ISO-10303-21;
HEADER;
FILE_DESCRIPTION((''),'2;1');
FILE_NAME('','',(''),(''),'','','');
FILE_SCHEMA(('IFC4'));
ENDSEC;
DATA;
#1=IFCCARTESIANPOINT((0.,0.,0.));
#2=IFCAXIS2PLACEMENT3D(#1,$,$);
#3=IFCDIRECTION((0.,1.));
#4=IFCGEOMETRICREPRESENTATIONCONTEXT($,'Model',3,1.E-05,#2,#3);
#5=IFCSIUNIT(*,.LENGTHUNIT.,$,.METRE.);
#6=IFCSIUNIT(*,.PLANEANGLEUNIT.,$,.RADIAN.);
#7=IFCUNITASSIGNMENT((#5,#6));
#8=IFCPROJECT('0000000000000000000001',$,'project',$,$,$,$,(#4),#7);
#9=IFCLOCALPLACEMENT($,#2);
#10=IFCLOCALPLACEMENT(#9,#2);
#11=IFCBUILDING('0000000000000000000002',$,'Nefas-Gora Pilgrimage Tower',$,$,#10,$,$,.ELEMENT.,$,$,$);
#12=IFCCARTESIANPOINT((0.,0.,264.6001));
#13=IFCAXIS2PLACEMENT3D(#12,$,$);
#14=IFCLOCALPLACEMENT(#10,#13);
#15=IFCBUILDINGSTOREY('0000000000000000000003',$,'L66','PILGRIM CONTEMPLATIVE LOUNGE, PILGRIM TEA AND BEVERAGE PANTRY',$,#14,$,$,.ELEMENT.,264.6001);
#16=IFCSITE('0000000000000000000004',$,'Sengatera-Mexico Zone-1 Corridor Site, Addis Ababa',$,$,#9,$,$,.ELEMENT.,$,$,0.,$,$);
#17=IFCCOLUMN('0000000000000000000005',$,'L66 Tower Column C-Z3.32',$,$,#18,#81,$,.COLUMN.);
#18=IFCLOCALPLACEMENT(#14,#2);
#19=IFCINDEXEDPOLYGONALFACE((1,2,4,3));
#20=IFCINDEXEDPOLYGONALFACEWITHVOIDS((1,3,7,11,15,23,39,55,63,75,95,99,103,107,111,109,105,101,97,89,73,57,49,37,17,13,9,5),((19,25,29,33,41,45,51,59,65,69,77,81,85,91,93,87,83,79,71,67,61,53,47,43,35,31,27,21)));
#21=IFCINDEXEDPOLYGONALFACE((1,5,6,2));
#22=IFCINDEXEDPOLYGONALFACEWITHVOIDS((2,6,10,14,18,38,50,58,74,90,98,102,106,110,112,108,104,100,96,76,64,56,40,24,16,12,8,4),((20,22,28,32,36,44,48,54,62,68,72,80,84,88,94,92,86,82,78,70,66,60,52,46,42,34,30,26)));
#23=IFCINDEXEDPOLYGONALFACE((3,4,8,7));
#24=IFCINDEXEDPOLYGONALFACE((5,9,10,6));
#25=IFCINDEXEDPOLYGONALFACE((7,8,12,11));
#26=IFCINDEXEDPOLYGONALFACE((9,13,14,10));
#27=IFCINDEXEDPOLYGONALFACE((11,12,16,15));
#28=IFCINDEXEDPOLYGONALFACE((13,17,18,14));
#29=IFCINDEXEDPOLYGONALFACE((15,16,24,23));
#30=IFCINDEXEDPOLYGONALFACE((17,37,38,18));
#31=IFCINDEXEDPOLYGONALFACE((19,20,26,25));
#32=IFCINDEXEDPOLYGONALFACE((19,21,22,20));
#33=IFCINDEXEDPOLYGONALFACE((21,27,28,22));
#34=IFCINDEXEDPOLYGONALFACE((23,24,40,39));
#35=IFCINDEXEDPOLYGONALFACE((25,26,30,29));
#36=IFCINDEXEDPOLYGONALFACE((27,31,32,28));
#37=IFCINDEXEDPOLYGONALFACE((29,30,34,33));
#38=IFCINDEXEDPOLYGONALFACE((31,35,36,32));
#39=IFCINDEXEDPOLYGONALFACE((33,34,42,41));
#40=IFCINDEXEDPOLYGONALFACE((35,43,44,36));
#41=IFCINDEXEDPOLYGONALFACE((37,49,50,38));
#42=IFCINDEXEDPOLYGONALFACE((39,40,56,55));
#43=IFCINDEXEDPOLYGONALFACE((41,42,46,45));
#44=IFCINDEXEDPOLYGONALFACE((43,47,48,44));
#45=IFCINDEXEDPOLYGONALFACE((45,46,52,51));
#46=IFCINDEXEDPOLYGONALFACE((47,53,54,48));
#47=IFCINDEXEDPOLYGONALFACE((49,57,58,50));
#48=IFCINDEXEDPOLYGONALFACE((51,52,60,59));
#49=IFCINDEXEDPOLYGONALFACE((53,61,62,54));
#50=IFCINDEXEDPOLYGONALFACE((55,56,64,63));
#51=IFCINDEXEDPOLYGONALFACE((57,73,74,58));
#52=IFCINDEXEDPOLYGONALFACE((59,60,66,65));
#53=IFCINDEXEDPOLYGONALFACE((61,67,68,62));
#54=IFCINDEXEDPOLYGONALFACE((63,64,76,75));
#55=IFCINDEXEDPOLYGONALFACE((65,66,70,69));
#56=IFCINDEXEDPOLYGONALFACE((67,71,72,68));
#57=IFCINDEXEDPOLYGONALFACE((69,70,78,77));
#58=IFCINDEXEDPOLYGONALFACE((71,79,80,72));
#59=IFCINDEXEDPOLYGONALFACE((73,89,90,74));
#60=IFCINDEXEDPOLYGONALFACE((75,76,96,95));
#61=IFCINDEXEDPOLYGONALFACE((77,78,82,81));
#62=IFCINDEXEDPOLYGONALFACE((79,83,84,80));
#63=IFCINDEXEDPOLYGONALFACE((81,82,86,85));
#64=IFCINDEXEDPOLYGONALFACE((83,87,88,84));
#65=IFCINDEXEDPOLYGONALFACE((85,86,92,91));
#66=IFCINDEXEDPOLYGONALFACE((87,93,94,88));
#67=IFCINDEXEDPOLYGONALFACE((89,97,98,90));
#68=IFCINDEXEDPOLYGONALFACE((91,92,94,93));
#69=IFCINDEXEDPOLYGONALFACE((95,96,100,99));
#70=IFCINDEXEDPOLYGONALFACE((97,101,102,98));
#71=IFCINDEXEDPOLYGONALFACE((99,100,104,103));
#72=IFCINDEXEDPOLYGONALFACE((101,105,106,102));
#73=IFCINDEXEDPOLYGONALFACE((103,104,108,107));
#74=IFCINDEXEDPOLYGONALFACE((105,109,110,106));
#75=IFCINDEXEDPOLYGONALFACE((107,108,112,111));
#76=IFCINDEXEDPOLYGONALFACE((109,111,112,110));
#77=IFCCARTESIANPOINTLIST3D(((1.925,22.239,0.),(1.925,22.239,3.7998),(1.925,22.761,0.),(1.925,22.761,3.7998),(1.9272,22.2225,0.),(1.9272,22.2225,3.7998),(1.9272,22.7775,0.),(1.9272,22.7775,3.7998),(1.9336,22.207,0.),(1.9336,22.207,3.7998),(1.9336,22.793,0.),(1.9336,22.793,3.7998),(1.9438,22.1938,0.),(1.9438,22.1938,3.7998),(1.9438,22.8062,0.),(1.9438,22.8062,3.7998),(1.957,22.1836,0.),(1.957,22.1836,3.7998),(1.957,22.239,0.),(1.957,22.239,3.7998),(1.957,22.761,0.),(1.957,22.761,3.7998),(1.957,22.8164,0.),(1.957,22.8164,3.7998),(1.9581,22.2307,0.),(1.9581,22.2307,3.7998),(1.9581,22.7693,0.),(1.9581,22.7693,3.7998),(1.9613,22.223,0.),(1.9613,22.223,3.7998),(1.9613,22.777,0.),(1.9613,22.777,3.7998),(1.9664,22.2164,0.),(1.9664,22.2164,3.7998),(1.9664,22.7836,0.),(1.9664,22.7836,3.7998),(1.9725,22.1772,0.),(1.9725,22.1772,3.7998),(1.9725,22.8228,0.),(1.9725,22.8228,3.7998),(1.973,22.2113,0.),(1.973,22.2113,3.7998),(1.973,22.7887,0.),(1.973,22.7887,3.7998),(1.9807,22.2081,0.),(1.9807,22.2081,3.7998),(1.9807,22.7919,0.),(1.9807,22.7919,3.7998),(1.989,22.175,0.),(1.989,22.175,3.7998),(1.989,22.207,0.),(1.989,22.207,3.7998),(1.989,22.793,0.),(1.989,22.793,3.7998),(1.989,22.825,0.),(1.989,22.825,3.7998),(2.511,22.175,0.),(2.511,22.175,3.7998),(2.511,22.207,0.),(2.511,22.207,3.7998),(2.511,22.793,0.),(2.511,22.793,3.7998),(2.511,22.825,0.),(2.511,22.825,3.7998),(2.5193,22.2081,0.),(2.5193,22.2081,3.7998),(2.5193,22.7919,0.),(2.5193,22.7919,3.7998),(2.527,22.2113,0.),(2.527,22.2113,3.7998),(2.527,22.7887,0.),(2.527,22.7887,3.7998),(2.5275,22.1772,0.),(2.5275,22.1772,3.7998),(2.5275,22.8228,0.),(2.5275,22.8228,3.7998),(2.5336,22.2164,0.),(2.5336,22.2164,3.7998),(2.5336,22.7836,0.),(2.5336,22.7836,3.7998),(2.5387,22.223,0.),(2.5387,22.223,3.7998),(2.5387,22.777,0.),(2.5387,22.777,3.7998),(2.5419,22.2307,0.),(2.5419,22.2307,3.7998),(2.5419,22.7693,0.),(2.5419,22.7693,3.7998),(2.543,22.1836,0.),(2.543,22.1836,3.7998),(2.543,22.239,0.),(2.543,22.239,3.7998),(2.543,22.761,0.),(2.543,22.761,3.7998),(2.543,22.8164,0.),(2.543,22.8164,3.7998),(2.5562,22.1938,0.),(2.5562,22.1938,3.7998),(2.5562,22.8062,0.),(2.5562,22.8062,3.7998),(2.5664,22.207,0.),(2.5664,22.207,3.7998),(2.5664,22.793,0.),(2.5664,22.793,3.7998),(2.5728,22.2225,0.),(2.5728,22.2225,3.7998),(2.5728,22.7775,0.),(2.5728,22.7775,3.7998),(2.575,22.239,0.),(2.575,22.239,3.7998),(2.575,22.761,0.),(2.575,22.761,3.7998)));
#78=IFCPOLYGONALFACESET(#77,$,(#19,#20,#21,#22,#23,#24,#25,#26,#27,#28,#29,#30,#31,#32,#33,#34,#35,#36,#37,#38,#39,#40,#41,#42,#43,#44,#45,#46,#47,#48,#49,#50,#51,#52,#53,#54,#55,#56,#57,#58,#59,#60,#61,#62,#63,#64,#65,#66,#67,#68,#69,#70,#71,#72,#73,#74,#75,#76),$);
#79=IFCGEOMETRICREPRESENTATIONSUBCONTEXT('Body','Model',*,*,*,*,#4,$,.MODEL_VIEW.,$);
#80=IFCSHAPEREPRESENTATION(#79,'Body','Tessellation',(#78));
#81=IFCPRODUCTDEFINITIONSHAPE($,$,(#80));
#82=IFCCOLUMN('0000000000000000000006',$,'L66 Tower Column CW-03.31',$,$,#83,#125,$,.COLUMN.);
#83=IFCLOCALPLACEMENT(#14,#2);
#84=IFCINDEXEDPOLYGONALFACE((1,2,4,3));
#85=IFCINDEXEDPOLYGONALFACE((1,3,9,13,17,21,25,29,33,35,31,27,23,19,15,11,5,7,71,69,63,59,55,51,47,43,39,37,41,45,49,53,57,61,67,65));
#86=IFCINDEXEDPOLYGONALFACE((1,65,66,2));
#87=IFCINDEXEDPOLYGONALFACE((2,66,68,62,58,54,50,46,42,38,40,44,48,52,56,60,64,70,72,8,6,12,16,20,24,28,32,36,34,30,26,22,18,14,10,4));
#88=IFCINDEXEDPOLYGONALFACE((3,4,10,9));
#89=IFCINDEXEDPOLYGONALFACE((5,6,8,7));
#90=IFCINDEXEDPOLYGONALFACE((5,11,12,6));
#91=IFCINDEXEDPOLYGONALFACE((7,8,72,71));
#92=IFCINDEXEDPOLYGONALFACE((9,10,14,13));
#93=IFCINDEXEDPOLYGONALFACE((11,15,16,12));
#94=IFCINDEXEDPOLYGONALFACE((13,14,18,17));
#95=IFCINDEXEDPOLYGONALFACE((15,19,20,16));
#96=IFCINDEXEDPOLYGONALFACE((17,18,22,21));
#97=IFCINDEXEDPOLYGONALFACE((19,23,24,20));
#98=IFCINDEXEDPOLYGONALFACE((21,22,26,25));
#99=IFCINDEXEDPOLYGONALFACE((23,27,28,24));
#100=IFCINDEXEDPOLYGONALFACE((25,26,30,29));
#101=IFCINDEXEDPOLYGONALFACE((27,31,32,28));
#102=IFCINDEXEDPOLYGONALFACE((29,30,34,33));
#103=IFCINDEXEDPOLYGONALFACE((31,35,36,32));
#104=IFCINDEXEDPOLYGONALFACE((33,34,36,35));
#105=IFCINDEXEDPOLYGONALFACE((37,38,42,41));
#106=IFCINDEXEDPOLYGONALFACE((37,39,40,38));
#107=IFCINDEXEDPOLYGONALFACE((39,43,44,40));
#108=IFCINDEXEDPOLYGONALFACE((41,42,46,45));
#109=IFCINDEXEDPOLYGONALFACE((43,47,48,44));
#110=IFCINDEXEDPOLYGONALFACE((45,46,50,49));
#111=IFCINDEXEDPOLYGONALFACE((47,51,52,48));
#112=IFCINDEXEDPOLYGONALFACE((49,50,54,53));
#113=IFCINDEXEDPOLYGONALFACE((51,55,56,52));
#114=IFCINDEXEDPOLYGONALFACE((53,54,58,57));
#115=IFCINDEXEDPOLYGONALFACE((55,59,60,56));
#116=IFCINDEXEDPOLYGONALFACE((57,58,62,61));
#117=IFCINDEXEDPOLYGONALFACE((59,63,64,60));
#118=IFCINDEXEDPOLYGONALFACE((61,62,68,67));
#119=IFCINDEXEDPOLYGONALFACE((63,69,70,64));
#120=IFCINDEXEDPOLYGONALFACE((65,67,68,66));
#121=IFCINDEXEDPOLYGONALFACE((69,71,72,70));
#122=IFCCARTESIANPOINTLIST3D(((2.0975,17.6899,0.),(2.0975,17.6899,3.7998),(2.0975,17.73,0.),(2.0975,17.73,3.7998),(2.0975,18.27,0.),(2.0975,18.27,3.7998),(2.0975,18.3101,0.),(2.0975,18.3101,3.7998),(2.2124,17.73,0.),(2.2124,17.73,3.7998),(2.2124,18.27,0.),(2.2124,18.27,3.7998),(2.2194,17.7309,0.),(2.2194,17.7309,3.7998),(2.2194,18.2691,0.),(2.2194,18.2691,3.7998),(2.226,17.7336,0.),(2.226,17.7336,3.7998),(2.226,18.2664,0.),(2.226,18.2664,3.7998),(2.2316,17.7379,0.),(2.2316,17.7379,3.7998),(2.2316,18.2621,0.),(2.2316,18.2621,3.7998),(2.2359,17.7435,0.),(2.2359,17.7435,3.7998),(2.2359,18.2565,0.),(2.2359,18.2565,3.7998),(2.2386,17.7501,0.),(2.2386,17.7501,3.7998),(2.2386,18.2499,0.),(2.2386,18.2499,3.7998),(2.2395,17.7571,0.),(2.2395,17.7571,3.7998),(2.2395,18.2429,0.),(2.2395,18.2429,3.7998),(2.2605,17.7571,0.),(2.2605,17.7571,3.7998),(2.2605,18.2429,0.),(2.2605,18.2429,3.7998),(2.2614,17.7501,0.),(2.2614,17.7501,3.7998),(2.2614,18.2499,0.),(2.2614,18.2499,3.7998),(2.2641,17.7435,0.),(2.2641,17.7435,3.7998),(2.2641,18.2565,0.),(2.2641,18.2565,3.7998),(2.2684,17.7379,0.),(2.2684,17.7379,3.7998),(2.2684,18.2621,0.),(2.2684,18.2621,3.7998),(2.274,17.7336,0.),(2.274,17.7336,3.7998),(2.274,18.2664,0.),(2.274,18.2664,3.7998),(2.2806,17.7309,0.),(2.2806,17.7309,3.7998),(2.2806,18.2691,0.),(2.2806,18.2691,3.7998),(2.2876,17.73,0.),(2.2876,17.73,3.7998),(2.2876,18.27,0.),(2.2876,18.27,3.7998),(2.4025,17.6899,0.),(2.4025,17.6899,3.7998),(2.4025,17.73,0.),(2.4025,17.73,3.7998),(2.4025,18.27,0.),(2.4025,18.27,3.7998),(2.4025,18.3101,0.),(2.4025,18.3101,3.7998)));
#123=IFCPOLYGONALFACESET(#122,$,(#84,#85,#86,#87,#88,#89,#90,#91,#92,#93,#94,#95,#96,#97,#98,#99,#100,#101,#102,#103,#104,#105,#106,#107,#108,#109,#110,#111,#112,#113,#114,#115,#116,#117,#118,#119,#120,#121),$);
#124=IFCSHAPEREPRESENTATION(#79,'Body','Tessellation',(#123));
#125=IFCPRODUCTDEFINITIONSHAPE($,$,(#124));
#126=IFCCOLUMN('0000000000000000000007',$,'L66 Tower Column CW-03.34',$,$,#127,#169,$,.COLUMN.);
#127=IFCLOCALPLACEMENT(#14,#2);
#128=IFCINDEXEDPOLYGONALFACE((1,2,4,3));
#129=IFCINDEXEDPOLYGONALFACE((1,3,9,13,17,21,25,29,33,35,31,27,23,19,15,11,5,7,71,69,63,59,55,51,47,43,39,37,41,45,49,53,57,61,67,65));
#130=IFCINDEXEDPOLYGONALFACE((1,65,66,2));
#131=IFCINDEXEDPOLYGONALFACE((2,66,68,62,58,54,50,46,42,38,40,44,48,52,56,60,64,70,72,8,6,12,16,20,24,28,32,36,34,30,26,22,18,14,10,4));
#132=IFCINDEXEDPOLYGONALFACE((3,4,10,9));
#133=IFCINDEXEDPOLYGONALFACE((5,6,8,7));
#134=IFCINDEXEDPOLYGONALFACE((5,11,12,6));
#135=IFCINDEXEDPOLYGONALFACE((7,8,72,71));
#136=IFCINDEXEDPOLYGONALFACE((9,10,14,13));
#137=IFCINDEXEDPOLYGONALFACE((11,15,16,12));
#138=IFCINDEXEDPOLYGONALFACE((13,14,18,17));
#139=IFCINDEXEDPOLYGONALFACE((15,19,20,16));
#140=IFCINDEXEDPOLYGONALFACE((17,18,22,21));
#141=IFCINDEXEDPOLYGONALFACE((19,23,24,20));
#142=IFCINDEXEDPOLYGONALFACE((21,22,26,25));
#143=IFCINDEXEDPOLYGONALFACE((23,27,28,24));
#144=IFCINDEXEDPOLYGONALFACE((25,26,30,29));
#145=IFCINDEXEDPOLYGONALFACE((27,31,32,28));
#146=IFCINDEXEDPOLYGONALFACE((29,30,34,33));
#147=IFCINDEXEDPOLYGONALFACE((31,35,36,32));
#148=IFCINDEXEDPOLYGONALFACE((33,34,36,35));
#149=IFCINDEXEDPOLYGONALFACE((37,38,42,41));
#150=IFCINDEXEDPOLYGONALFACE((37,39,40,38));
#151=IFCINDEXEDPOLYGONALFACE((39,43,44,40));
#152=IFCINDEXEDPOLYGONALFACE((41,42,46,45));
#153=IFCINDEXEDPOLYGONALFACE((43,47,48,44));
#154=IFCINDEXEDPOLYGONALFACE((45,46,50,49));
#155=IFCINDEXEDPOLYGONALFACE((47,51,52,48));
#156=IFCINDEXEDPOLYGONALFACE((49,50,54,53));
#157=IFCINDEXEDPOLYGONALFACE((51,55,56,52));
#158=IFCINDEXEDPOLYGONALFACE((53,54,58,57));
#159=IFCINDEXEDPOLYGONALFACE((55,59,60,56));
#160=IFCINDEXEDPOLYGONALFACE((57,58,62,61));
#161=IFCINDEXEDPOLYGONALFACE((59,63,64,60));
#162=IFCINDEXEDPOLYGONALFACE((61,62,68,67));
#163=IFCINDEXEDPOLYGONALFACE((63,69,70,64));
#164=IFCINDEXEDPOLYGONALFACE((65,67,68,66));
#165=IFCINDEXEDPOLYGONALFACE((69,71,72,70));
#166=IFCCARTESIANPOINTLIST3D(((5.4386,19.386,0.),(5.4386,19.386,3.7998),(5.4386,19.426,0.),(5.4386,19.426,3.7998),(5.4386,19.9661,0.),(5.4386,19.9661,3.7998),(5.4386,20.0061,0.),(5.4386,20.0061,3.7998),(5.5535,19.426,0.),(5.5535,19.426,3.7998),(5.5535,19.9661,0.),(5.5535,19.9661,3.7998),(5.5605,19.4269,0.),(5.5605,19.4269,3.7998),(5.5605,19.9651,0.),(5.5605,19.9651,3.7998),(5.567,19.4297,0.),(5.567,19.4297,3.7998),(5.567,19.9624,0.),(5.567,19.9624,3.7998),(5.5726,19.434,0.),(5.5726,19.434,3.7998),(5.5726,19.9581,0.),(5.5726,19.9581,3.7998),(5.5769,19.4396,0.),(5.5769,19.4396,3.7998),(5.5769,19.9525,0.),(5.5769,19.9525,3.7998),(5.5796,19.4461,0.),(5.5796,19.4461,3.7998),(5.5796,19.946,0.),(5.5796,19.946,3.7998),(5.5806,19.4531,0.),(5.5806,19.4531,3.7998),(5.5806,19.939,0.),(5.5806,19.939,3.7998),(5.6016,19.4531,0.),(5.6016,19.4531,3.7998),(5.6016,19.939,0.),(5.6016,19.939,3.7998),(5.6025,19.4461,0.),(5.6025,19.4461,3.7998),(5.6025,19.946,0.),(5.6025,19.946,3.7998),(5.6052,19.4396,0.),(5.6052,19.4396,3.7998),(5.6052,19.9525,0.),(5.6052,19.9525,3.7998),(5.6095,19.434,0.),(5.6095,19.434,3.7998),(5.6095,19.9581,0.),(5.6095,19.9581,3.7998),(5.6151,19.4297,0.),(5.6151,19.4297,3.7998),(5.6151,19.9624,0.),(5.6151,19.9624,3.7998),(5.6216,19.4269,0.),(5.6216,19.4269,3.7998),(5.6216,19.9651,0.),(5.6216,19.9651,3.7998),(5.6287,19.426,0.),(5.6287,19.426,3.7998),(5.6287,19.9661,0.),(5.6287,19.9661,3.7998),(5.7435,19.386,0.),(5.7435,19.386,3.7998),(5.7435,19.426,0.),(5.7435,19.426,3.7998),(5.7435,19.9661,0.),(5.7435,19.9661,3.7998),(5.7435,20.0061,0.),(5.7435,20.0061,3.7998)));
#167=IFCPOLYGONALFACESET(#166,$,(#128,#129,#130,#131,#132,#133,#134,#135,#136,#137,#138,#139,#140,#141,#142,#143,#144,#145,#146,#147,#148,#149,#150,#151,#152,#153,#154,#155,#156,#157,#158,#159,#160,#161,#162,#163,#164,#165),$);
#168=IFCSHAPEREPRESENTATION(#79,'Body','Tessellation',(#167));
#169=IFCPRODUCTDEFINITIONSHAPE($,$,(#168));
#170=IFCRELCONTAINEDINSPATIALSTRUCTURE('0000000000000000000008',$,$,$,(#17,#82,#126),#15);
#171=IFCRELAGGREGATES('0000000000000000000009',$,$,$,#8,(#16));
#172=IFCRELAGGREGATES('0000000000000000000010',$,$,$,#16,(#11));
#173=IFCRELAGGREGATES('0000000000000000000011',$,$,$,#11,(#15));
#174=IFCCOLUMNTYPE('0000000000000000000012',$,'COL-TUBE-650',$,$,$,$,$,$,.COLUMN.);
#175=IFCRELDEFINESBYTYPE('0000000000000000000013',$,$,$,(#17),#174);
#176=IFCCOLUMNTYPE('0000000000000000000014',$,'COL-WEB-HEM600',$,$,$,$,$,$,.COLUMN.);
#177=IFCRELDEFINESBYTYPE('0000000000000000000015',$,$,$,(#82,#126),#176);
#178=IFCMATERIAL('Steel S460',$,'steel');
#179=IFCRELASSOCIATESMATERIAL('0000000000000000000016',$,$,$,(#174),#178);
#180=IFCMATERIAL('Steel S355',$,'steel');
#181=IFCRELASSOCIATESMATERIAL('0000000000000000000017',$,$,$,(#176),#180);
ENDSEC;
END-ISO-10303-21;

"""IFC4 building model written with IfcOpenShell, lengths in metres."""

from ifc_helpers import new_model, si_unit, direction, frame, origin, origin_2d, place, context, subcontext, project, spatial, hollow_rectangle, i_section, extrude, source, transform, mapped, material, material_profile, profile_set, type_object, element, save


model = new_model("IFC4")

# Units and contexts
model_context = context("Model", 3, precision=1e-05, world=origin(), true_north=direction((0.0, 1.0)))
body_context = subcontext(model_context, "Body", "Model", "MODEL_VIEW")
ifc_project = project(units=[si_unit("LENGTHUNIT", "METRE"), si_unit("PLANEANGLEUNIT", "RADIAN")], contexts=[model_context])

# Site, building, storey
site_placement = place(None, origin())
site = spatial("IfcSite", under=ifc_project, at=site_placement, Name="Sengatera-Mexico Zone-1 Corridor Site, Addis Ababa", CompositionType="ELEMENT", RefElevation=0.0)
building_placement = place(site_placement, origin())
building = spatial("IfcBuilding", under=site, at=building_placement, Name="Nefas-Gora Pilgrimage Tower", CompositionType="ELEMENT")
storey_placement = place(building_placement, frame((0.0, 0.0, 264.6001)))
storey = spatial("IfcBuildingStorey", under=building, at=storey_placement, Name="L66", Description="PILGRIM CONTEMPLATIVE LOUNGE, PILGRIM TEA AND BEVERAGE PANTRY", CompositionType="ELEMENT", Elevation=264.6001)

# Columns
ifc_material_1 = material(Name="Steel S460", Category="steel")
ifc_material_profile_1 = material_profile(ifc_material_1, hollow_rectangle(XDim=0.6499, YDim=0.6499, WallThickness=0.032, InnerFilletRadius=0.032, OuterFilletRadius=0.064, at=origin_2d()), Name="BOX 650x650x32")
ifc_profile_set_1 = profile_set([ifc_material_profile_1], Name="Steel S460")
column_type_1 = type_object("IfcColumnType", Name="COL-TUBE-650", PredefinedType="COLUMN", material=ifc_profile_set_1)
shared_shape_1 = source(origin(), body_context, "Body", "SweptSolid", [
    extrude(hollow_rectangle(XDim=0.6499, YDim=0.6499, WallThickness=0.032, InnerFilletRadius=0.032, OuterFilletRadius=0.064, at=origin_2d()), origin(), (0.0, 0.0, 1.0), 3.7998),
])
column_placement = place(storey_placement, frame((2.25, 22.5, 0.0), z_axis=(0.0, 0.0, 1.0), x_axis=(1.0, 0.0, 0.0)))
element("IfcColumn", 1, at=column_placement, inside=storey, type_object=column_type_1, Name="L66 Tower Column C-Z3.32", PredefinedType="COLUMN", context=body_context, shape_type="MappedRepresentation", body=[
    mapped(shared_shape_1, transform((0.0, 0.0, 0.0), x_axis=(1.0, 0.0, 0.0), y_axis=(0.0, 1.0, 0.0), z_axis=(0.0, 0.0, 1.0), scale=1.0)),
])
ifc_material_2 = material(Name="Steel S355", Category="steel")
ifc_material_profile_2 = material_profile(ifc_material_2, i_section(OverallWidth=0.3049, OverallDepth=0.6201, WebThickness=0.021, FlangeThickness=0.04, FilletRadius=0.0271, at=origin_2d()), Name="HEM 600")
ifc_profile_set_2 = profile_set([ifc_material_profile_2], Name="Steel S355")
column_type_2 = type_object("IfcColumnType", Name="COL-WEB-HEM600", PredefinedType="COLUMN", material=ifc_profile_set_2)
shared_shape_2 = source(origin(), body_context, "Body", "SweptSolid", [
    extrude(i_section(OverallWidth=0.3049, OverallDepth=0.6201, WebThickness=0.021, FlangeThickness=0.04, FilletRadius=0.0271, at=origin_2d()), origin(), (0.0, 0.0, 1.0), 3.7998),
])
for number, where, z_axis, x_axis, name in (
    (2, (2.25, 18.0, 0.0), (0.0, 0.0, 1.0), (1.0, 0.0, 0.0), "L66 Tower Column CW-03.31"),
    (3, (5.5911, 19.696, 0.0), (0.0, 0.0, 1.0), (1.0, 0.0, 0.0), "L66 Tower Column CW-03.34"),
):
    element("IfcColumn", number, at=place(storey_placement, frame(where, z_axis=z_axis, x_axis=x_axis)), inside=storey, type_object=column_type_2, Name=name, PredefinedType="COLUMN", context=body_context, shape_type="MappedRepresentation", body=[
        mapped(shared_shape_2, transform((0.0, 0.0, 0.0), x_axis=(1.0, 0.0, 0.0), y_axis=(0.0, 1.0, 0.0), z_axis=(0.0, 0.0, 1.0), scale=1.0)),
    ])

save(model, "model.ifc")
